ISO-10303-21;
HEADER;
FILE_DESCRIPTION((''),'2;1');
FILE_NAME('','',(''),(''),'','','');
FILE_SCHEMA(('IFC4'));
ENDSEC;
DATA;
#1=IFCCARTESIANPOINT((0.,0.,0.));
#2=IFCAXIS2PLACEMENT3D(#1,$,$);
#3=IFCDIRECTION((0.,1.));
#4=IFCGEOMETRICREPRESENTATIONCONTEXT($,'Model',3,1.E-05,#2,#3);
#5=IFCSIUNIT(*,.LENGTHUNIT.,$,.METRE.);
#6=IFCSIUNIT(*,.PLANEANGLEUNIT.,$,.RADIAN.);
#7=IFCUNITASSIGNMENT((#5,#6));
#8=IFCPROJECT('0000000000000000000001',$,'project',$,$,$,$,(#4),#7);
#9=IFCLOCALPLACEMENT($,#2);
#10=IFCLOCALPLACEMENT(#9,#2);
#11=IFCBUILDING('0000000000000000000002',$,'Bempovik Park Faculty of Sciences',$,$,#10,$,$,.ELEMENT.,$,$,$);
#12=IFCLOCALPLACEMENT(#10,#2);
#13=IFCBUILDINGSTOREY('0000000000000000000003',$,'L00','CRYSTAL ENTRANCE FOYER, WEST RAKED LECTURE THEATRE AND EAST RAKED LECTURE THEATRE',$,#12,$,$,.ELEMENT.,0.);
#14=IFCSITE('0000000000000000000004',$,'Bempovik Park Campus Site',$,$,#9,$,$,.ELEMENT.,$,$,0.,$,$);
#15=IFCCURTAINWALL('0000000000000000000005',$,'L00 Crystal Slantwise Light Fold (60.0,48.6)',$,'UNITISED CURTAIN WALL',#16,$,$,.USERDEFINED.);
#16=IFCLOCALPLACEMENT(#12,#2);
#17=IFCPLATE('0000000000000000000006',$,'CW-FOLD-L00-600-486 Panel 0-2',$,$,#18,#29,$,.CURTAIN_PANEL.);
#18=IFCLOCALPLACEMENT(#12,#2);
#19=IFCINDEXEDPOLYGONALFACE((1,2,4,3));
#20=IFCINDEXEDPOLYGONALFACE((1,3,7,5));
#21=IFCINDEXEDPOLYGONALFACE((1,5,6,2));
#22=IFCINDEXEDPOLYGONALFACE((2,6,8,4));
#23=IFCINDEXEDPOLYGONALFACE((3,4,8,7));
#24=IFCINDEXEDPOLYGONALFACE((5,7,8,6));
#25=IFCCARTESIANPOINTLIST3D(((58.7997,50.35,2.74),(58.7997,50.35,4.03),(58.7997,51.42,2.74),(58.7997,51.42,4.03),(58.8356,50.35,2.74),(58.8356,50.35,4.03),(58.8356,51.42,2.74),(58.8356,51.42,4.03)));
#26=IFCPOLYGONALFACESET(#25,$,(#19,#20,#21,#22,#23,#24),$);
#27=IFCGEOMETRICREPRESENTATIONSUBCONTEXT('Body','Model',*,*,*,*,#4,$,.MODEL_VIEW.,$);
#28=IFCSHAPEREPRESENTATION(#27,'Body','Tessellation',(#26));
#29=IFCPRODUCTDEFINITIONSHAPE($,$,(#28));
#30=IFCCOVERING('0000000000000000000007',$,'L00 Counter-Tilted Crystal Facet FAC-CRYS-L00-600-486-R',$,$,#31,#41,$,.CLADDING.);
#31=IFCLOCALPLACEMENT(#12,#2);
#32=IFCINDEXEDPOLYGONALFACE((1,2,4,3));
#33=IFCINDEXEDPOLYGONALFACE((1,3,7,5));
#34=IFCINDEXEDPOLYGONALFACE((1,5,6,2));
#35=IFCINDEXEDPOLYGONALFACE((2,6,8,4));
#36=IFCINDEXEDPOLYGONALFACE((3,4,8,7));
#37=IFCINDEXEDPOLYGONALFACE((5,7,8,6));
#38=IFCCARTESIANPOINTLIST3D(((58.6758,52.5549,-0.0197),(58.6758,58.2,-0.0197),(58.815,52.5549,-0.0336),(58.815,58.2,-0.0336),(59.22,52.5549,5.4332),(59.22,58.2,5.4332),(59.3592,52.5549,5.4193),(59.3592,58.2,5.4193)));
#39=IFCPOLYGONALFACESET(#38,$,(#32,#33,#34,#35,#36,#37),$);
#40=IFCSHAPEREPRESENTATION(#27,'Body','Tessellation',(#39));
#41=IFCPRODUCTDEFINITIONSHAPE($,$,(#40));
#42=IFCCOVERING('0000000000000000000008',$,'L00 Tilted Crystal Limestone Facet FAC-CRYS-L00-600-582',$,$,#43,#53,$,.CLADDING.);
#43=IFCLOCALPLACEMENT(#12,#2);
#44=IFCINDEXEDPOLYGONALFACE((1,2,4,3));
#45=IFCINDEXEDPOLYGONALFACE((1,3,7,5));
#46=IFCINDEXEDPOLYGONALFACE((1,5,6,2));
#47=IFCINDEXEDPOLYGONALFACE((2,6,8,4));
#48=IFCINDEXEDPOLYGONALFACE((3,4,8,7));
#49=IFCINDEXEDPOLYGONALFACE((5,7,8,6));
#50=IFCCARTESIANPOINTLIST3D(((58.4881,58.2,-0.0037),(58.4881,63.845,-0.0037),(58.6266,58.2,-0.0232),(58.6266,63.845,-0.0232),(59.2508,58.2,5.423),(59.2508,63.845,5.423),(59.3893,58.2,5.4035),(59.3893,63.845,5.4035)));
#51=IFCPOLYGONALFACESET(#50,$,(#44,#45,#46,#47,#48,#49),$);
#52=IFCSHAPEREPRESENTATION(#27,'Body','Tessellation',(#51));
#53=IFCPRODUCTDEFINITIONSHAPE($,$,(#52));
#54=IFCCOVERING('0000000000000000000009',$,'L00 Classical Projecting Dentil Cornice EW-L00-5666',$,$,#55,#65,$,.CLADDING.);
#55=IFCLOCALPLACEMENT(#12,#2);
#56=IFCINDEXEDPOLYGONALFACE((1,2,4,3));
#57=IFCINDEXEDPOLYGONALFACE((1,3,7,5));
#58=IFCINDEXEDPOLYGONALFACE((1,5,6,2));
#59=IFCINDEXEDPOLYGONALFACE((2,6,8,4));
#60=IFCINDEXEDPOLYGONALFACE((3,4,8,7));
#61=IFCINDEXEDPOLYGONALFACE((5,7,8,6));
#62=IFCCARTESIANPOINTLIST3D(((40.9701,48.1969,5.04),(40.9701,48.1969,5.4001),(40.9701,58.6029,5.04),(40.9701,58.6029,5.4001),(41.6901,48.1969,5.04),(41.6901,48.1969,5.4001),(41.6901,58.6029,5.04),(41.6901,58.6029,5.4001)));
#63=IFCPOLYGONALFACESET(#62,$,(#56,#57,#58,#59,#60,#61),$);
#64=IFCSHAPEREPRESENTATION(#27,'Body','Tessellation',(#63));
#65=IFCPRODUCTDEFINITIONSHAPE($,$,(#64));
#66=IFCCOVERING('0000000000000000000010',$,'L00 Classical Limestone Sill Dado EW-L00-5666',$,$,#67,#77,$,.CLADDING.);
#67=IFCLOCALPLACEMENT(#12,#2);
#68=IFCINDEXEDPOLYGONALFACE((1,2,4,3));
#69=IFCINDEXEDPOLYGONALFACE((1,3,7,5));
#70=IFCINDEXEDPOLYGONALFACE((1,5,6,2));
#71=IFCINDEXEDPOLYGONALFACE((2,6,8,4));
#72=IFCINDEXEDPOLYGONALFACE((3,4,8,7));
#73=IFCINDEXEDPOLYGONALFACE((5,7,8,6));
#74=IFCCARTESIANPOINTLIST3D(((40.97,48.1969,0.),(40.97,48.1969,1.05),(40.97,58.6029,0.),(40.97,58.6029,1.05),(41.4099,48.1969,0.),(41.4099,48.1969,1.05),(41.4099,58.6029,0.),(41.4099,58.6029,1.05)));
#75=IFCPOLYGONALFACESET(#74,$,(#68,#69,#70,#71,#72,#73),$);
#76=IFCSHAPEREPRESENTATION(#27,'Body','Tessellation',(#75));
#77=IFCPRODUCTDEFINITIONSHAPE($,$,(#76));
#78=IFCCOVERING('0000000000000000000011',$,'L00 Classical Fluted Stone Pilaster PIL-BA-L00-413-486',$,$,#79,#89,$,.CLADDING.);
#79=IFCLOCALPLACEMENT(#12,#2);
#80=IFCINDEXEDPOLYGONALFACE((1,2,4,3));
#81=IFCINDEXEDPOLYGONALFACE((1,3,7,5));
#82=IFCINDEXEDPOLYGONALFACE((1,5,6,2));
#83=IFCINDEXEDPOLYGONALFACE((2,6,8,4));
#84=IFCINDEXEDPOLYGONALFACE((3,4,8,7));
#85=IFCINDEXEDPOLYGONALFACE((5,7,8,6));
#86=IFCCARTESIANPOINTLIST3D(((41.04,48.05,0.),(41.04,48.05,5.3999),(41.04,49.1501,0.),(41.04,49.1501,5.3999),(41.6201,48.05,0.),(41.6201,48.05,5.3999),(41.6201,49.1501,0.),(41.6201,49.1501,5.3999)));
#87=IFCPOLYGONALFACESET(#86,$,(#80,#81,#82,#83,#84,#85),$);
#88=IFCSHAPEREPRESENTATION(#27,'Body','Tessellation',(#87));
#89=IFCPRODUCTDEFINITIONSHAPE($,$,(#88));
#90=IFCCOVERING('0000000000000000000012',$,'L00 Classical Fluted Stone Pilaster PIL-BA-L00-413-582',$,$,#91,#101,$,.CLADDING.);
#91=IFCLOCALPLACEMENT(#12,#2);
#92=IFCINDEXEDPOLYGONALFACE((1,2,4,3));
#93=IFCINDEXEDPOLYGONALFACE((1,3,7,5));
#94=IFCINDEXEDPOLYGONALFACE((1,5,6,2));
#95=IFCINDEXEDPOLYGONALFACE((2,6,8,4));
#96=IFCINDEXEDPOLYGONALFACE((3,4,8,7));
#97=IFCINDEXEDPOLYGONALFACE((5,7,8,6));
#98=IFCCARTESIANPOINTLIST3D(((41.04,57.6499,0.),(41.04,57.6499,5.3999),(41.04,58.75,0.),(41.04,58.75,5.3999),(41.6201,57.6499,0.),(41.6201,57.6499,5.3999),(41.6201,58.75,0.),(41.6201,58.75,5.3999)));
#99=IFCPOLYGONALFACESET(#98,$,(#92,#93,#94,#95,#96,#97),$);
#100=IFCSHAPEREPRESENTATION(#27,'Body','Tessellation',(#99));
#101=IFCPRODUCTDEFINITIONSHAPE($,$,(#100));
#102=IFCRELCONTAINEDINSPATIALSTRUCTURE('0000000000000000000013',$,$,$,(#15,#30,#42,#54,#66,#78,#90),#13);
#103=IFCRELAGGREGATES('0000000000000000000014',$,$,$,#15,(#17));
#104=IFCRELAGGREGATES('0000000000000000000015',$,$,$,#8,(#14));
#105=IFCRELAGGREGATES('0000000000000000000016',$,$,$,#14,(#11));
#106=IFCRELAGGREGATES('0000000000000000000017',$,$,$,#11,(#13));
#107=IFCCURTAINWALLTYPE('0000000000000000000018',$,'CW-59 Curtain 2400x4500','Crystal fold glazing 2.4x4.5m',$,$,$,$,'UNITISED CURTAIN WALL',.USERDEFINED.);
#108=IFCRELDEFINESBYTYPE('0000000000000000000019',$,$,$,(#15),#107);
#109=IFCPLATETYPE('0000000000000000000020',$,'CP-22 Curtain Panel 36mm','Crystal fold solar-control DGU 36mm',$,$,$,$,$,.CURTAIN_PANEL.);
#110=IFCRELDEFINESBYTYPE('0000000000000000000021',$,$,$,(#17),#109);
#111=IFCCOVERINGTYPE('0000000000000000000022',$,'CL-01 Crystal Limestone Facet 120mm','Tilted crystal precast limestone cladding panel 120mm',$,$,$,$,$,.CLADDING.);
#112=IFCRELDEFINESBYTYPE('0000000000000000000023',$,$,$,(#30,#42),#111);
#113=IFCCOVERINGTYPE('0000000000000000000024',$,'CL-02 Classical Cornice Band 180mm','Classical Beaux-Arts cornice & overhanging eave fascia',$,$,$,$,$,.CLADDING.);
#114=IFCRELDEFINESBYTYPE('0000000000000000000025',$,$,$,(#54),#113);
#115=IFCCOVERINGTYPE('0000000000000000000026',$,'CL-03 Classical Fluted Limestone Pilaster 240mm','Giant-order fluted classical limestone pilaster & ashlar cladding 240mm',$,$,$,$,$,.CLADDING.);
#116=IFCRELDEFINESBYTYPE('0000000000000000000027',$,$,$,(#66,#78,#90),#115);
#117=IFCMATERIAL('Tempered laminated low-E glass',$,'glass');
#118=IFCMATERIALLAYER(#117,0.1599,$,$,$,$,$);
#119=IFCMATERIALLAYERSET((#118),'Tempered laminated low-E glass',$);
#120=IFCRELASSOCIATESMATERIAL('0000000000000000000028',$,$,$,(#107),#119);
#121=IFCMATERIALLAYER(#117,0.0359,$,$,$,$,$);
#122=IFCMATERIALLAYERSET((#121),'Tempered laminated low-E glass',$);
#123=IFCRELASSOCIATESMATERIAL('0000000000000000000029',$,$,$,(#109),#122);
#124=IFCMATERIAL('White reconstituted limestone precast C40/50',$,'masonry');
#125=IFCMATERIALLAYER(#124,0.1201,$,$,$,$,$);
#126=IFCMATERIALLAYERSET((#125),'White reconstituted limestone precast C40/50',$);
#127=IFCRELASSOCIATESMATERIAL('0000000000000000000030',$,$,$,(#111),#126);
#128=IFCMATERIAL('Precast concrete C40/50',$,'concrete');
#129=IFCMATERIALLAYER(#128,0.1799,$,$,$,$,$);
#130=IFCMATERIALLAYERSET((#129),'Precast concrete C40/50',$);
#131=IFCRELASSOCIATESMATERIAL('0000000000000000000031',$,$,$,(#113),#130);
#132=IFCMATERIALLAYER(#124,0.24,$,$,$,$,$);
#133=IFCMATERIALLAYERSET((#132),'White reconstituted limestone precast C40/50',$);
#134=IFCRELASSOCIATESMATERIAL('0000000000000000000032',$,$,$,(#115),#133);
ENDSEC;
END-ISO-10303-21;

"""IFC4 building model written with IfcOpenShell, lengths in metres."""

from ifc_helpers import new_model, si_unit, direction, frame, origin, origin_2d, place, context, subcontext, project, spatial, rectangle, extrude, material, layer, layer_set, type_object, element, aggregate, save


model = new_model("IFC4")

# Units and contexts
model_context = context("Model", 3, precision=1e-05, world=origin(), true_north=direction((0.0, 1.0)))
body_context = subcontext(model_context, "Body", "Model", "MODEL_VIEW")
ifc_project = project(units=[si_unit("LENGTHUNIT", "METRE"), si_unit("PLANEANGLEUNIT", "RADIAN")], contexts=[model_context])

# Site, building, storey
site_placement = place(None, origin())
site = spatial("IfcSite", under=ifc_project, at=site_placement, Name="Bempovik Park Campus Site", CompositionType="ELEMENT", RefElevation=0.0)
building_placement = place(site_placement, origin())
building = spatial("IfcBuilding", under=site, at=building_placement, Name="Bempovik Park Faculty of Sciences", CompositionType="ELEMENT")
storey_placement = place(building_placement, origin())
storey = spatial("IfcBuildingStorey", under=building, at=storey_placement, Name="L00", Description="CRYSTAL ENTRANCE FOYER, WEST RAKED LECTURE THEATRE AND EAST RAKED LECTURE THEATRE", CompositionType="ELEMENT", Elevation=0.0)

# Curtain wall, plate
ifc_material_1 = material(Name="Tempered laminated low-E glass", Category="glass")
ifc_layer_1 = layer(ifc_material_1, 0.1599)
ifc_layer_set_1 = layer_set([ifc_layer_1], Name="Tempered laminated low-E glass")
curtain_wall_type = type_object("IfcCurtainWallType", Name="CW-59 Curtain 2400x4500", Description="Crystal fold glazing 2.4x4.5m", ElementType="UNITISED CURTAIN WALL", PredefinedType="USERDEFINED", material=ifc_layer_set_1)
curtain_wall_placement = place(storey_placement, origin())
curtain_wall = element("IfcCurtainWall", 1, at=curtain_wall_placement, inside=storey, type_object=curtain_wall_type, Name="L00 Crystal Slantwise Light Fold (60.0,48.6)", ObjectType="UNITISED CURTAIN WALL", PredefinedType="USERDEFINED")
ifc_layer_2 = layer(ifc_material_1, 0.0359)
ifc_layer_set_2 = layer_set([ifc_layer_2], Name="Tempered laminated low-E glass")
plate_type = type_object("IfcPlateType", Name="CP-22 Curtain Panel 36mm", Description="Crystal fold solar-control DGU 36mm", PredefinedType="CURTAIN_PANEL", material=ifc_layer_set_2)
plate_1_placement = place(storey_placement, frame((58.8176, 50.885, 2.74), z_axis=(0.0, 0.0, 1.0), x_axis=(0.0, 1.0, 0.0)))
plate_1 = element("IfcPlate", 2, at=plate_1_placement, type_object=plate_type, Name="CW-FOLD-L00-600-486 Panel 0-2", PredefinedType="CURTAIN_PANEL", context=body_context, shape_type="SweptSolid", body=[
    extrude(rectangle(XDim=1.0701, YDim=0.0359, at=origin_2d()), origin(), (0.0, 0.0, 1.0), 1.29),
])
aggregate(curtain_wall, [plate_1])

# Coverings
ifc_material_2 = material(Name="White reconstituted limestone precast C40/50", Category="masonry")
ifc_layer_3 = layer(ifc_material_2, 0.1201)
ifc_layer_set_3 = layer_set([ifc_layer_3], Name="White reconstituted limestone precast C40/50")
covering_type_1 = type_object("IfcCoveringType", Name="CL-01 Crystal Limestone Facet 120mm", Description="Tilted crystal precast limestone cladding panel 120mm", PredefinedType="CLADDING", material=ifc_layer_set_3)
for number, where, z_axis, x_axis, name in (
    (3, (58.7454, 55.3774, -0.0266), (0.09932, 0.0, 0.995056), (0.0, 1.0, 0.0), "L00 Counter-Tilted Crystal Facet FAC-CRYS-L00-600-486-R"),
    (4, (58.5574, 61.0225, -0.0134), (0.139173, 0.0, 0.990268), (0.0, 1.0, 0.0), "L00 Tilted Crystal Limestone Facet FAC-CRYS-L00-600-582"),
):
    element("IfcCovering", number, at=place(storey_placement, frame(where, z_axis=z_axis, x_axis=x_axis)), inside=storey, type_object=covering_type_1, Name=name, PredefinedType="CLADDING", context=body_context, shape_type="SweptSolid", body=[
        extrude(rectangle(XDim=5.645, YDim=0.1399, at=origin_2d()), origin(), (0.0, 0.0, 1.0), 5.48),
    ])
ifc_material_3 = material(Name="Precast concrete C40/50", Category="concrete")
ifc_layer_4 = layer(ifc_material_3, 0.1799)
ifc_layer_set_4 = layer_set([ifc_layer_4], Name="Precast concrete C40/50")
covering_type_2 = type_object("IfcCoveringType", Name="CL-02 Classical Cornice Band 180mm", Description="Classical Beaux-Arts cornice & overhanging eave fascia", PredefinedType="CLADDING", material=ifc_layer_set_4)
covering_1_placement = place(storey_placement, frame((41.3301, 53.3999, 5.04), z_axis=(0.0, 0.0, 1.0), x_axis=(1.0, 0.0, 0.0)))
element("IfcCovering", 5, at=covering_1_placement, inside=storey, type_object=covering_type_2, Name="L00 Classical Projecting Dentil Cornice EW-L00-5666", PredefinedType="CLADDING", context=body_context, shape_type="SweptSolid", body=[
    extrude(rectangle(XDim=0.72, YDim=10.406, at=origin_2d()), origin(), (0.0, 0.0, 1.0), 0.3601),
])
ifc_layer_5 = layer(ifc_material_2, 0.24)
ifc_layer_set_5 = layer_set([ifc_layer_5], Name="White reconstituted limestone precast C40/50")
covering_type_3 = type_object("IfcCoveringType", Name="CL-03 Classical Fluted Limestone Pilaster 240mm", Description="Giant-order fluted classical limestone pilaster & ashlar cladding 240mm", PredefinedType="CLADDING", material=ifc_layer_set_5)
covering_2_placement = place(storey_placement, frame((41.1899, 53.3999, 0.0), z_axis=(0.0, 0.0, 1.0), x_axis=(1.0, 0.0, 0.0)))
element("IfcCovering", 6, at=covering_2_placement, inside=storey, type_object=covering_type_3, Name="L00 Classical Limestone Sill Dado EW-L00-5666", PredefinedType="CLADDING", context=body_context, shape_type="SweptSolid", body=[
    extrude(rectangle(XDim=0.4399, YDim=10.406, at=origin_2d()), origin(), (0.0, 0.0, 1.0), 1.05),
])
for number, where, z_axis, x_axis, name in (
    (7, (41.3301, 48.6001, 0.0), (0.0, 0.0, 1.0), (1.0, 0.0, 0.0), "L00 Classical Fluted Stone Pilaster PIL-BA-L00-413-486"),
    (8, (41.3301, 58.2, 0.0), (0.0, 0.0, 1.0), (1.0, 0.0, 0.0), "L00 Classical Fluted Stone Pilaster PIL-BA-L00-413-582"),
):
    element("IfcCovering", number, at=place(storey_placement, frame(where, z_axis=z_axis, x_axis=x_axis)), inside=storey, type_object=covering_type_3, Name=name, PredefinedType="CLADDING", context=body_context, shape_type="SweptSolid", body=[
        extrude(rectangle(XDim=0.5801, YDim=1.1001, at=origin_2d()), origin(), (0.0, 0.0, 1.0), 5.3999),
    ])

save(model, "model.ifc")
